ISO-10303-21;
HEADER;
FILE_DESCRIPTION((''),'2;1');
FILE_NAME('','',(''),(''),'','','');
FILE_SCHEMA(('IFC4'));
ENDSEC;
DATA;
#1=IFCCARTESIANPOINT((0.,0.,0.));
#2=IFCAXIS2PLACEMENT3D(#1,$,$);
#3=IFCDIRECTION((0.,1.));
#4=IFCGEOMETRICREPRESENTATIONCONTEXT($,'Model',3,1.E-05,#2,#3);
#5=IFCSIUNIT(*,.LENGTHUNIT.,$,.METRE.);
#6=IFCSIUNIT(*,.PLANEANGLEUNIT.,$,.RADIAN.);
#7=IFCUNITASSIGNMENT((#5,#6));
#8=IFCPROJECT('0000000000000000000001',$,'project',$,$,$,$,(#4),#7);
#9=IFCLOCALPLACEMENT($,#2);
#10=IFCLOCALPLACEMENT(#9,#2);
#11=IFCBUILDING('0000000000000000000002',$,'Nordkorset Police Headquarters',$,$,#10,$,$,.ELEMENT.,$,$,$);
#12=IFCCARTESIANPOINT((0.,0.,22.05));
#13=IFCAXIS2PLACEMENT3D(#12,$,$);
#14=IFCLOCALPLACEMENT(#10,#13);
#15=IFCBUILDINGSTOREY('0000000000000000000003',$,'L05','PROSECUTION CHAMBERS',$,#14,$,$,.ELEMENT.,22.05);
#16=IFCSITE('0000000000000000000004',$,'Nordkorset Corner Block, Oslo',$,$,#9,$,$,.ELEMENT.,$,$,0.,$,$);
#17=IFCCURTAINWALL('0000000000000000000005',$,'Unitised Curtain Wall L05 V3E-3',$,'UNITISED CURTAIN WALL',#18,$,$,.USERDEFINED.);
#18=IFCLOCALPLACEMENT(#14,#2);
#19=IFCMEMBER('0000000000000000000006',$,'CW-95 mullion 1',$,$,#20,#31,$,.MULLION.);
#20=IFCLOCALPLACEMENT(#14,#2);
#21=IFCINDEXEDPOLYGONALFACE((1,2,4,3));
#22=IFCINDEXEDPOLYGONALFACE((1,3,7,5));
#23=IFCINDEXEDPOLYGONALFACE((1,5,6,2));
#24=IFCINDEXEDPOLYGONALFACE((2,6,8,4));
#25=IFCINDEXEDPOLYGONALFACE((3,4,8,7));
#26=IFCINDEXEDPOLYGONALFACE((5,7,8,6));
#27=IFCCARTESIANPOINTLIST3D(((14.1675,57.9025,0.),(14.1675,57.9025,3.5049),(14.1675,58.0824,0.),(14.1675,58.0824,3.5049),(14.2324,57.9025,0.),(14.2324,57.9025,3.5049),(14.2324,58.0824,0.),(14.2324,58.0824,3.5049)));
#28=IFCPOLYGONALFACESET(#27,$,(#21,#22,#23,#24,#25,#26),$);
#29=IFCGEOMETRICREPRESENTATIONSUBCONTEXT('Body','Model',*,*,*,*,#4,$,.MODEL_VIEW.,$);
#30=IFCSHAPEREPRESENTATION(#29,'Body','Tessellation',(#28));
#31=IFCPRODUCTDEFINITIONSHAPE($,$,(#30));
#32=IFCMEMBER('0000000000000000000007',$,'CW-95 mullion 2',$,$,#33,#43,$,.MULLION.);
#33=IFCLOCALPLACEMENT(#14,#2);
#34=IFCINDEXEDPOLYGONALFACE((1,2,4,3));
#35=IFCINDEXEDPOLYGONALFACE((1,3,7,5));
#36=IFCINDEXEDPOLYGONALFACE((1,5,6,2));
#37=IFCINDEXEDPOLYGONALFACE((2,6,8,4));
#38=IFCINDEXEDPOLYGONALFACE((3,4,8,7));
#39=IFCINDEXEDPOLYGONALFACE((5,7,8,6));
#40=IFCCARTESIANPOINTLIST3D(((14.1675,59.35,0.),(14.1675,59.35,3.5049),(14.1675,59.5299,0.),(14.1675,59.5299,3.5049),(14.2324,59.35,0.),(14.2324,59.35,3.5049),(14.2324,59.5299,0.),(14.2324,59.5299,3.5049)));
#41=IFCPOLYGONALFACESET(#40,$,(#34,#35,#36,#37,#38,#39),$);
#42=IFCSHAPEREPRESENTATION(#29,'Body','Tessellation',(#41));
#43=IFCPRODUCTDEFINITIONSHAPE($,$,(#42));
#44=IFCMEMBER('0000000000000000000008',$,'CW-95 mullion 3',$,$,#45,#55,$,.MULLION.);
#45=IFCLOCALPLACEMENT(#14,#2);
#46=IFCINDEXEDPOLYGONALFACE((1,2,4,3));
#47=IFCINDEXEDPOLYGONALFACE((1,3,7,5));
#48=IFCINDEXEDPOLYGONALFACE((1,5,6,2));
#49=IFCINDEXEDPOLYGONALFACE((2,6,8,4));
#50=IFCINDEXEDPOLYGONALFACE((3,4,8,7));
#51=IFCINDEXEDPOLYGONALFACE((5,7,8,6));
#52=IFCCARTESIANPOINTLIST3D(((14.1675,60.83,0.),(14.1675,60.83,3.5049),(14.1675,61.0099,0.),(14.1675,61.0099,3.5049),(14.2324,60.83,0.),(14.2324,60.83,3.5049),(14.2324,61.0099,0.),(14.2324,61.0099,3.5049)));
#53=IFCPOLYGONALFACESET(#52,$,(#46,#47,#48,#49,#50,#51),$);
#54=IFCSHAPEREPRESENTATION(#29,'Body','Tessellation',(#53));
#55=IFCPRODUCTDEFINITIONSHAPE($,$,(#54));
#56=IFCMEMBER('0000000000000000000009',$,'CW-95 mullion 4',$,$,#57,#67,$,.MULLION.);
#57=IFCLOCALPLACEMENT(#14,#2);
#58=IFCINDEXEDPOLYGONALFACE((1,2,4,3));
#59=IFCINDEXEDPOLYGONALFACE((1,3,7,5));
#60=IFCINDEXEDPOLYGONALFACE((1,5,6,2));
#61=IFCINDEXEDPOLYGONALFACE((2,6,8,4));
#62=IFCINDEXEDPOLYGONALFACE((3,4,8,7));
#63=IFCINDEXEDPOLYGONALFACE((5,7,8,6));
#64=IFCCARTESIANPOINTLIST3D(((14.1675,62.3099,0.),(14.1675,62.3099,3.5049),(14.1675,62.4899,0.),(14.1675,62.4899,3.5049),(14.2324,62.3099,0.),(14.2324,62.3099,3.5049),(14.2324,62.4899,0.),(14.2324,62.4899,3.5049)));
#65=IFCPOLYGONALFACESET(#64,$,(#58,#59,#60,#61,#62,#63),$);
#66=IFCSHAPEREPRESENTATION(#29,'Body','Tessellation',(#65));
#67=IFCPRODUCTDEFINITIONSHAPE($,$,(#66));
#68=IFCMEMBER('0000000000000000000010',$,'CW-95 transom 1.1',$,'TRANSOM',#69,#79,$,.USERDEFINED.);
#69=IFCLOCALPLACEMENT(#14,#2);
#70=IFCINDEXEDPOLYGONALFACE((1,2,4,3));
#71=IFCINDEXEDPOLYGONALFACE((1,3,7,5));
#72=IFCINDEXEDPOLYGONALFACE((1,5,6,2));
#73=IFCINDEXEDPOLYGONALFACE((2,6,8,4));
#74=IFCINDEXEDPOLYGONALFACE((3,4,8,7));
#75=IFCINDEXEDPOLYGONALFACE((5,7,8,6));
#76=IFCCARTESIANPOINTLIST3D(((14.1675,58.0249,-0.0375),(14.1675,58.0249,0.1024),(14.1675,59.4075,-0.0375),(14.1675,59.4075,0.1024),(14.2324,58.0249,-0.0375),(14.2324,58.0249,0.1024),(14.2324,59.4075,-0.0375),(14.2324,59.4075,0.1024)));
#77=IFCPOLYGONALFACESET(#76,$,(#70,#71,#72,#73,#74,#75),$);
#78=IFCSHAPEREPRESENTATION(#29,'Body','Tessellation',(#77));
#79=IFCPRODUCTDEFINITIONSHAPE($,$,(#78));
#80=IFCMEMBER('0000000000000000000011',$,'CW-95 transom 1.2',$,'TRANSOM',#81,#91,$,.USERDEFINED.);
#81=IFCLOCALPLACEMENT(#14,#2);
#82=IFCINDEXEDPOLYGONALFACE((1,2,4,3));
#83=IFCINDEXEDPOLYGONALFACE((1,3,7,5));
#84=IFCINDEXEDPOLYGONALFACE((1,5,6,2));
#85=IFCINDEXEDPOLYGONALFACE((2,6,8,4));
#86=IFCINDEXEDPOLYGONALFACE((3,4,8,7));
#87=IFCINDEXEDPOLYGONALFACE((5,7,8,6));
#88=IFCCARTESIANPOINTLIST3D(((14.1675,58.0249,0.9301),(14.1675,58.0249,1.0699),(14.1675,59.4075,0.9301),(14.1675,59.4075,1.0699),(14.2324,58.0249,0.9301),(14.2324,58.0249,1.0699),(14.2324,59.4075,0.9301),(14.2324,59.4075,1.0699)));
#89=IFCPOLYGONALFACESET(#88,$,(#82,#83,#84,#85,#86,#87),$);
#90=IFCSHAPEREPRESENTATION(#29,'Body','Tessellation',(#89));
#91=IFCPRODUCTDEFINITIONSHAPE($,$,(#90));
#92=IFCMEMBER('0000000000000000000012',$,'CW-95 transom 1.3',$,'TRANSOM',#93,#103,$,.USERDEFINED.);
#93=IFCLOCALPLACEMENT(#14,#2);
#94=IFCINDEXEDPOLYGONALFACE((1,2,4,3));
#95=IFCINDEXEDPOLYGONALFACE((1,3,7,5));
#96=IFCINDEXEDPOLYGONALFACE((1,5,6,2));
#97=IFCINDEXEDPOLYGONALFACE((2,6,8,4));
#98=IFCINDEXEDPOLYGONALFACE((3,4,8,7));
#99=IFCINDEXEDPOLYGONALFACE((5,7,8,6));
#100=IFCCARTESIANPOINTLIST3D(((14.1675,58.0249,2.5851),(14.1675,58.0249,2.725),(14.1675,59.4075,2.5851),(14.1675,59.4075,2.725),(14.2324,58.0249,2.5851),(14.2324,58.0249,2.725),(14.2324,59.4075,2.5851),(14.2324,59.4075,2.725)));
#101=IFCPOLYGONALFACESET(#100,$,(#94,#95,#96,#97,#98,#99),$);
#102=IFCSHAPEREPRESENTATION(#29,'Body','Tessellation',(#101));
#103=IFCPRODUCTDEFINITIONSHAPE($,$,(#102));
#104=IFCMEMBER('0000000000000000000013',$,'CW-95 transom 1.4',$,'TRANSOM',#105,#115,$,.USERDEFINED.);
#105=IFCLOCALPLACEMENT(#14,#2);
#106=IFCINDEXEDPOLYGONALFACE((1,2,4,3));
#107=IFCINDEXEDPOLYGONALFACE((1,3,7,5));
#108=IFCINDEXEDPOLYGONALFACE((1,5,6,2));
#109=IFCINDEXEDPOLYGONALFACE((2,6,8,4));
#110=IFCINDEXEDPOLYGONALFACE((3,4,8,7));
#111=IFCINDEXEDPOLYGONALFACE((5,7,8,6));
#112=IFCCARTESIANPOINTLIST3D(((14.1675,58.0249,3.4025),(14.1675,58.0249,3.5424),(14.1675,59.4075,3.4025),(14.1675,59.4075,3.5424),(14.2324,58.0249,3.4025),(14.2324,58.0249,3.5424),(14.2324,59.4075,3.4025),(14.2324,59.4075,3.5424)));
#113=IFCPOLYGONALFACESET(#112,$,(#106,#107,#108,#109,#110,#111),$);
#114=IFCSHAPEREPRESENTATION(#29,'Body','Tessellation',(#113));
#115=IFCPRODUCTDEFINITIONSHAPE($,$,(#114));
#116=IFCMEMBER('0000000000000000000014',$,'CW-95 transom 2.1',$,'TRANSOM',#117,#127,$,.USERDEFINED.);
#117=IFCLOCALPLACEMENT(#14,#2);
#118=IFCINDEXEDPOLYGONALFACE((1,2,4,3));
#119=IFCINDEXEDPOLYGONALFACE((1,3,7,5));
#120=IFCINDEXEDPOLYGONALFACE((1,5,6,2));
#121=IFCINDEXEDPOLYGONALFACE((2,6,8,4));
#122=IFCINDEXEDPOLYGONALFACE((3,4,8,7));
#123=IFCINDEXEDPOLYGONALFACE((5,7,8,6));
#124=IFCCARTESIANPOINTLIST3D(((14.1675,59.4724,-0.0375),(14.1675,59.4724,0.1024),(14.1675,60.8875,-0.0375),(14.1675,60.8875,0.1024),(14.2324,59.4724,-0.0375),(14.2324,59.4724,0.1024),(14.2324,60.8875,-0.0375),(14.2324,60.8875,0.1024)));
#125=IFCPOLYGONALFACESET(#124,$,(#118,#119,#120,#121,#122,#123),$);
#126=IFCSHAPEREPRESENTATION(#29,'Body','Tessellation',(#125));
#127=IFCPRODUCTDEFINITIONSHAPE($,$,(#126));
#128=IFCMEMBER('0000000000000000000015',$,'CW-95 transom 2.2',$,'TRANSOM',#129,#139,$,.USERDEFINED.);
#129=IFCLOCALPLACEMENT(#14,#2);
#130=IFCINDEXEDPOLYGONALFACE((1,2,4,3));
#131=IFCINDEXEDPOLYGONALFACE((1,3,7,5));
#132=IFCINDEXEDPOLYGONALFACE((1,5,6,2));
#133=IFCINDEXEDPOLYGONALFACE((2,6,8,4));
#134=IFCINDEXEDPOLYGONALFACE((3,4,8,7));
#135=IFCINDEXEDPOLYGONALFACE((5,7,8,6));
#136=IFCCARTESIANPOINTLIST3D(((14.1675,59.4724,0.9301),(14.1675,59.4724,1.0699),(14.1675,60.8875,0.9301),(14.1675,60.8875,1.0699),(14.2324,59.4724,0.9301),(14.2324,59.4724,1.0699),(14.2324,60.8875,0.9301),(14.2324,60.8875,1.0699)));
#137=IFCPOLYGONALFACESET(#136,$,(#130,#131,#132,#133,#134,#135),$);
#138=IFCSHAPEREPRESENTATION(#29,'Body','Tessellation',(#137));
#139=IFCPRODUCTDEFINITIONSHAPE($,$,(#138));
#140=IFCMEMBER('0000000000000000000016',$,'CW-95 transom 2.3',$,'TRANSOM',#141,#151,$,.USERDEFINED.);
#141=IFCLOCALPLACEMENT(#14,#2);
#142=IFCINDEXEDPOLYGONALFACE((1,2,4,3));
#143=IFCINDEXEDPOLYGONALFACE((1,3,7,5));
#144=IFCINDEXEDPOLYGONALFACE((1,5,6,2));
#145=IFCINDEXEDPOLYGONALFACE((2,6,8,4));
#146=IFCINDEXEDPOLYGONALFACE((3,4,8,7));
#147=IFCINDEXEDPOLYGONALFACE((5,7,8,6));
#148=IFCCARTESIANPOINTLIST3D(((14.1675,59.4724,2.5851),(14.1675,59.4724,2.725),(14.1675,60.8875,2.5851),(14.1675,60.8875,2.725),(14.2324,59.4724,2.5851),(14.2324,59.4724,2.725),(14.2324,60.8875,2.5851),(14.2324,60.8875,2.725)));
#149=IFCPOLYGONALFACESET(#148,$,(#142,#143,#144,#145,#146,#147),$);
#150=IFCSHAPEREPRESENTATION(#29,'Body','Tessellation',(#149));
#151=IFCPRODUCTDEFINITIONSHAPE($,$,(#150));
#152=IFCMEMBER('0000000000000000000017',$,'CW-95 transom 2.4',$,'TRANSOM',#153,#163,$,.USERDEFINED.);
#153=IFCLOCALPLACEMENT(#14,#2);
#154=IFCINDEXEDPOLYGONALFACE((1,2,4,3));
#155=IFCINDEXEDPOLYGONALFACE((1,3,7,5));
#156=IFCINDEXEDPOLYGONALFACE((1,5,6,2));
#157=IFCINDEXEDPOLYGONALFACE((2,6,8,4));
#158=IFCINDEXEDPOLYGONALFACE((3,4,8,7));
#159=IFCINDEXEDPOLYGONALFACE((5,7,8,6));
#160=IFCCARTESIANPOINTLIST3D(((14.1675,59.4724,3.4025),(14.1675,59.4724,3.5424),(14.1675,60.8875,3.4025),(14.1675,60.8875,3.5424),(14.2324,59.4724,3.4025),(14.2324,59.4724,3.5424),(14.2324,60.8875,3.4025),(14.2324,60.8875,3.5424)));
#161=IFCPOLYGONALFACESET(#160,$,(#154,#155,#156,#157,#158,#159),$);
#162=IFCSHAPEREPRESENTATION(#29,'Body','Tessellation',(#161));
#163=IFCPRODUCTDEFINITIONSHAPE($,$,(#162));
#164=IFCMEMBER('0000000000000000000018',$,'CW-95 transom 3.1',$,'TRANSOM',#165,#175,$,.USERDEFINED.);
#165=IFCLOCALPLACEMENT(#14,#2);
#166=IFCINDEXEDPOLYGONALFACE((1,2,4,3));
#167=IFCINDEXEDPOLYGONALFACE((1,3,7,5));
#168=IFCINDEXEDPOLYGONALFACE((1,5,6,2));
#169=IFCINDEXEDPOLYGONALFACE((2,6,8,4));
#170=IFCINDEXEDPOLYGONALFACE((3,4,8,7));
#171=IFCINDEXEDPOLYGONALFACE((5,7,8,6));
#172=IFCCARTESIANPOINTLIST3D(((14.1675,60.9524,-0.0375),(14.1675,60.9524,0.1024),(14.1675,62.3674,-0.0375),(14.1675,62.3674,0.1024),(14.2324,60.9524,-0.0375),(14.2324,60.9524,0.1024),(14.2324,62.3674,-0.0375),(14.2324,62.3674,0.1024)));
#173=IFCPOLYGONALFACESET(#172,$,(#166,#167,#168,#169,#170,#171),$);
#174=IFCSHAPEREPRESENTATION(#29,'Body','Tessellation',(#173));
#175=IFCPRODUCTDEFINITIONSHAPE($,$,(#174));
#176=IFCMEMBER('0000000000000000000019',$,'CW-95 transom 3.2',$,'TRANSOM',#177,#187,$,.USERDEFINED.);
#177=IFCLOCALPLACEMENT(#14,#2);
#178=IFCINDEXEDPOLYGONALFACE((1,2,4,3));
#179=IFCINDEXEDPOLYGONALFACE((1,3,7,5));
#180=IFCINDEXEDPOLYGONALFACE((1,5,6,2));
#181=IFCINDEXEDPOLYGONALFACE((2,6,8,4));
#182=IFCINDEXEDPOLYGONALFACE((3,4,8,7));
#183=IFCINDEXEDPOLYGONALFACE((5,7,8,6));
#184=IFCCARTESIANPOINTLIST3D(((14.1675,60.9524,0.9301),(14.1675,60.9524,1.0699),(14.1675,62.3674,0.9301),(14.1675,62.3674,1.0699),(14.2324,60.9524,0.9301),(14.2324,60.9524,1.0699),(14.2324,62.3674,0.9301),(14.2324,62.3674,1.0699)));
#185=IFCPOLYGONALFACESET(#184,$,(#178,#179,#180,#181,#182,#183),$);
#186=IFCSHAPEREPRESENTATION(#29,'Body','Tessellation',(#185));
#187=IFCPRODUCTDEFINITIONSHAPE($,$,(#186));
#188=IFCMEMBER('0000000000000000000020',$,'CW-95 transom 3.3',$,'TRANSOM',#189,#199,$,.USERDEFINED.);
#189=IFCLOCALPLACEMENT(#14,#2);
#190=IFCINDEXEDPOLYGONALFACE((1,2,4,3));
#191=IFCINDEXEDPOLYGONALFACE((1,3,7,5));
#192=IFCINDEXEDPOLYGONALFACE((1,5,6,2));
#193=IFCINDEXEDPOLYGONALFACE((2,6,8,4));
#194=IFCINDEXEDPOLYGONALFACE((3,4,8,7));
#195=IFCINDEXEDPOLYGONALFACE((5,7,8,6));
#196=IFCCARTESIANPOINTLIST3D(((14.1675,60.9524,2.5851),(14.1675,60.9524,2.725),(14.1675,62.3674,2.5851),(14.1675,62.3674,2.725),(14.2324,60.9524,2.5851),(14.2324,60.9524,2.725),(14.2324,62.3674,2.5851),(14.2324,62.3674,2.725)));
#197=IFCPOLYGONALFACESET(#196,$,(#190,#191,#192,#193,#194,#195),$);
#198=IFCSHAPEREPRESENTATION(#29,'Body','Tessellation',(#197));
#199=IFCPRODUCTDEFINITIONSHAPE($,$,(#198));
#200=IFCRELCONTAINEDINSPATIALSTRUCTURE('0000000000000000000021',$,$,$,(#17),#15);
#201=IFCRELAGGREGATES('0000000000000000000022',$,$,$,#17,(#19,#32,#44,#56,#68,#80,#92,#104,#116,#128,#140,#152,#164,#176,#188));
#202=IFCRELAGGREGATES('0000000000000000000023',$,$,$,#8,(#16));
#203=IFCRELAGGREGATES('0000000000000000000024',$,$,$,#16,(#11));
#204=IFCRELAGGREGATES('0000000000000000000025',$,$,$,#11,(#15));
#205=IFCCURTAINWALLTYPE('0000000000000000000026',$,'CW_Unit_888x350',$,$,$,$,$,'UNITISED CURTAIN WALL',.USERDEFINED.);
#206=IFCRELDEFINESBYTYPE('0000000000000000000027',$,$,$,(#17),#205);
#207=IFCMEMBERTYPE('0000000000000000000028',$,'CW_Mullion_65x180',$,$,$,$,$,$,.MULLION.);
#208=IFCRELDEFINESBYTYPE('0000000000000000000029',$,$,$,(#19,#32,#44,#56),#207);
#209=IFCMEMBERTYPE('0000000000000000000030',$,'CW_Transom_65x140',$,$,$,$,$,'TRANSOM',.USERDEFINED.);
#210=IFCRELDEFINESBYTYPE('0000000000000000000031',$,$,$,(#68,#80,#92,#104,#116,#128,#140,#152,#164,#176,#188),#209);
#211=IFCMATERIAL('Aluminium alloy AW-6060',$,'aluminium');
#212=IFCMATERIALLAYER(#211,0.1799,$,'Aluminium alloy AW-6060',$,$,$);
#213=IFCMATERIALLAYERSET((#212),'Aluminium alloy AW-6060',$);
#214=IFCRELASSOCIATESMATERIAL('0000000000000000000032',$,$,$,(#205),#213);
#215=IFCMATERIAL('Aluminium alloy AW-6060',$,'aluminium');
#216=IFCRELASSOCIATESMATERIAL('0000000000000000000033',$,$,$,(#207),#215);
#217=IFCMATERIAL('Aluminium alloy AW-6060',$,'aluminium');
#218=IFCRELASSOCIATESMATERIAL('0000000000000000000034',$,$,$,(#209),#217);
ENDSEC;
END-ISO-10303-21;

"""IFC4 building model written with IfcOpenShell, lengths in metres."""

from ifc_helpers import new_model, si_unit, direction, frame, origin, origin_2d, place, context, subcontext, project, spatial, rectangle, extrude, material, layer, layer_set, material_profile, profile_set, type_object, element, aggregate, save


model = new_model("IFC4")

# Units and contexts
model_context = context("Model", 3, precision=1e-05, world=origin(), true_north=direction((0.0, 1.0)))
body_context = subcontext(model_context, "Body", "Model", "MODEL_VIEW")
ifc_project = project(units=[si_unit("LENGTHUNIT", "METRE"), si_unit("PLANEANGLEUNIT", "RADIAN")], contexts=[model_context])

# Site, building, storey
site_placement = place(None, origin())
site = spatial("IfcSite", under=ifc_project, at=site_placement, Name="Nordkorset Corner Block, Oslo", CompositionType="ELEMENT", RefElevation=0.0)
building_placement = place(site_placement, origin())
building = spatial("IfcBuilding", under=site, at=building_placement, Name="Nordkorset Police Headquarters", CompositionType="ELEMENT")
storey_placement = place(building_placement, frame((0.0, 0.0, 22.05)))
storey = spatial("IfcBuildingStorey", under=building, at=storey_placement, Name="L05", Description="PROSECUTION CHAMBERS", CompositionType="ELEMENT", Elevation=22.05)

# Curtain wall, members
ifc_material_1 = material(Name="Aluminium alloy AW-6060", Category="aluminium")
ifc_layer_1 = layer(ifc_material_1, 0.1799, Name="Aluminium alloy AW-6060")
ifc_layer_set_1 = layer_set([ifc_layer_1], Name="Aluminium alloy AW-6060")
curtain_wall_type = type_object("IfcCurtainWallType", Name="CW_Unit_888x350", ElementType="UNITISED CURTAIN WALL", PredefinedType="USERDEFINED", material=ifc_layer_set_1)
curtain_wall_placement = place(storey_placement, origin())
curtain_wall = element("IfcCurtainWall", 1, at=curtain_wall_placement, inside=storey, type_object=curtain_wall_type, Name="Unitised Curtain Wall L05 V3E-3", ObjectType="UNITISED CURTAIN WALL", PredefinedType="USERDEFINED")
ifc_material_2 = material(Name="Aluminium alloy AW-6060", Category="aluminium")
ifc_material_profile_1 = material_profile(ifc_material_2, rectangle(XDim=0.0649, YDim=0.1799, at=origin_2d()), Name="ALU MULL 65x180")
ifc_profile_set_1 = profile_set([ifc_material_profile_1], Name="Aluminium alloy AW-6060")
member_type_1 = type_object("IfcMemberType", Name="CW_Mullion_65x180", PredefinedType="MULLION", material=ifc_profile_set_1)
member_1_placement = place(storey_placement, frame((14.2, 57.9924, 0.0), z_axis=(0.0, 0.0, 1.0), x_axis=(-1.0, 0.0, 0.0)))
member_1 = element("IfcMember", 2, at=member_1_placement, type_object=member_type_1, Name="CW-95 mullion 1", PredefinedType="MULLION", context=body_context, shape_type="SweptSolid", body=[
    extrude(rectangle(XDim=0.0649, YDim=0.1799, at=origin_2d()), origin(), (0.0, 0.0, 1.0), 3.5049),
])
member_2_placement = place(storey_placement, frame((14.2, 59.4399, 0.0), z_axis=(0.0, 0.0, 1.0), x_axis=(-1.0, 0.0, 0.0)))
member_2 = element("IfcMember", 3, at=member_2_placement, type_object=member_type_1, Name="CW-95 mullion 2", PredefinedType="MULLION", context=body_context, shape_type="SweptSolid", body=[
    extrude(rectangle(XDim=0.0649, YDim=0.1799, at=origin_2d()), origin(), (0.0, 0.0, 1.0), 3.5049),
])
member_3_placement = place(storey_placement, frame((14.2, 60.9199, 0.0), z_axis=(0.0, 0.0, 1.0), x_axis=(-1.0, 0.0, 0.0)))
member_3 = element("IfcMember", 4, at=member_3_placement, type_object=member_type_1, Name="CW-95 mullion 3", PredefinedType="MULLION", context=body_context, shape_type="SweptSolid", body=[
    extrude(rectangle(XDim=0.0649, YDim=0.1799, at=origin_2d()), origin(), (0.0, 0.0, 1.0), 3.5049),
])
member_4_placement = place(storey_placement, frame((14.2, 62.3999, 0.0), z_axis=(0.0, 0.0, 1.0), x_axis=(-1.0, 0.0, 0.0)))
member_4 = element("IfcMember", 5, at=member_4_placement, type_object=member_type_1, Name="CW-95 mullion 4", PredefinedType="MULLION", context=body_context, shape_type="SweptSolid", body=[
    extrude(rectangle(XDim=0.0649, YDim=0.1799, at=origin_2d()), origin(), (0.0, 0.0, 1.0), 3.5049),
])
ifc_material_3 = material(Name="Aluminium alloy AW-6060", Category="aluminium")
ifc_material_profile_2 = material_profile(ifc_material_3, rectangle(XDim=0.0649, YDim=0.1399, at=origin_2d()), Name="ALU TRAN 65x140")
ifc_profile_set_2 = profile_set([ifc_material_profile_2], Name="Aluminium alloy AW-6060")
member_type_2 = type_object("IfcMemberType", Name="CW_Transom_65x140", ElementType="TRANSOM", PredefinedType="USERDEFINED", material=ifc_profile_set_2)
member_5_placement = place(storey_placement, frame((14.2, 58.0249, 0.0325), z_axis=(0.0, 1.0, 0.0), x_axis=(-1.0, 0.0, 0.0)))
member_5 = element("IfcMember", 6, at=member_5_placement, type_object=member_type_2, Name="CW-95 transom 1.1", ObjectType="TRANSOM", PredefinedType="USERDEFINED", context=body_context, shape_type="SweptSolid", body=[
    extrude(rectangle(XDim=0.0649, YDim=0.1399, at=origin_2d()), origin(), (0.0, 0.0, 1.0), 1.3826),
])
member_6_placement = place(storey_placement, frame((14.2, 58.0249, 1.0), z_axis=(0.0, 1.0, 0.0), x_axis=(-1.0, 0.0, 0.0)))
member_6 = element("IfcMember", 7, at=member_6_placement, type_object=member_type_2, Name="CW-95 transom 1.2", ObjectType="TRANSOM", PredefinedType="USERDEFINED", context=body_context, shape_type="SweptSolid", body=[
    extrude(rectangle(XDim=0.0649, YDim=0.1399, at=origin_2d()), origin(), (0.0, 0.0, 1.0), 1.3826),
])
member_7_placement = place(storey_placement, frame((14.2, 58.0249, 2.655), z_axis=(0.0, 1.0, 0.0), x_axis=(-1.0, 0.0, 0.0)))
member_7 = element("IfcMember", 8, at=member_7_placement, type_object=member_type_2, Name="CW-95 transom 1.3", ObjectType="TRANSOM", PredefinedType="USERDEFINED", context=body_context, shape_type="SweptSolid", body=[
    extrude(rectangle(XDim=0.0649, YDim=0.1399, at=origin_2d()), origin(), (0.0, 0.0, 1.0), 1.3826),
])
member_8_placement = place(storey_placement, frame((14.2, 58.0249, 3.4724), z_axis=(0.0, 1.0, 0.0), x_axis=(-1.0, 0.0, 0.0)))
member_8 = element("IfcMember", 9, at=member_8_placement, type_object=member_type_2, Name="CW-95 transom 1.4", ObjectType="TRANSOM", PredefinedType="USERDEFINED", context=body_context, shape_type="SweptSolid", body=[
    extrude(rectangle(XDim=0.0649, YDim=0.1399, at=origin_2d()), origin(), (0.0, 0.0, 1.0), 1.3826),
])
member_9_placement = place(storey_placement, frame((14.2, 59.4724, 0.0325), z_axis=(0.0, 1.0, 0.0), x_axis=(-1.0, 0.0, 0.0)))
member_9 = element("IfcMember", 10, at=member_9_placement, type_object=member_type_2, Name="CW-95 transom 2.1", ObjectType="TRANSOM", PredefinedType="USERDEFINED", context=body_context, shape_type="SweptSolid", body=[
    extrude(rectangle(XDim=0.0649, YDim=0.1399, at=origin_2d()), origin(), (0.0, 0.0, 1.0), 1.415),
])
member_10_placement = place(storey_placement, frame((14.2, 59.4724, 1.0), z_axis=(0.0, 1.0, 0.0), x_axis=(-1.0, 0.0, 0.0)))
member_10 = element("IfcMember", 11, at=member_10_placement, type_object=member_type_2, Name="CW-95 transom 2.2", ObjectType="TRANSOM", PredefinedType="USERDEFINED", context=body_context, shape_type="SweptSolid", body=[
    extrude(rectangle(XDim=0.0649, YDim=0.1399, at=origin_2d()), origin(), (0.0, 0.0, 1.0), 1.415),
])
member_11_placement = place(storey_placement, frame((14.2, 59.4724, 2.655), z_axis=(0.0, 1.0, 0.0), x_axis=(-1.0, 0.0, 0.0)))
member_11 = element("IfcMember", 12, at=member_11_placement, type_object=member_type_2, Name="CW-95 transom 2.3", ObjectType="TRANSOM", PredefinedType="USERDEFINED", context=body_context, shape_type="SweptSolid", body=[
    extrude(rectangle(XDim=0.0649, YDim=0.1399, at=origin_2d()), origin(), (0.0, 0.0, 1.0), 1.415),
])
member_12_placement = place(storey_placement, frame((14.2, 59.4724, 3.4724), z_axis=(0.0, 1.0, 0.0), x_axis=(-1.0, 0.0, 0.0)))
member_12 = element("IfcMember", 13, at=member_12_placement, type_object=member_type_2, Name="CW-95 transom 2.4", ObjectType="TRANSOM", PredefinedType="USERDEFINED", context=body_context, shape_type="SweptSolid", body=[
    extrude(rectangle(XDim=0.0649, YDim=0.1399, at=origin_2d()), origin(), (0.0, 0.0, 1.0), 1.415),
])
member_13_placement = place(storey_placement, frame((14.2, 60.9524, 0.0325), z_axis=(0.0, 1.0, 0.0), x_axis=(-1.0, 0.0, 0.0)))
member_13 = element("IfcMember", 14, at=member_13_placement, type_object=member_type_2, Name="CW-95 transom 3.1", ObjectType="TRANSOM", PredefinedType="USERDEFINED", context=body_context, shape_type="SweptSolid", body=[
    extrude(rectangle(XDim=0.0649, YDim=0.1399, at=origin_2d()), origin(), (0.0, 0.0, 1.0), 1.415),
])
member_14_placement = place(storey_placement, frame((14.2, 60.9524, 1.0), z_axis=(0.0, 1.0, 0.0), x_axis=(-1.0, 0.0, 0.0)))
member_14 = element("IfcMember", 15, at=member_14_placement, type_object=member_type_2, Name="CW-95 transom 3.2", ObjectType="TRANSOM", PredefinedType="USERDEFINED", context=body_context, shape_type="SweptSolid", body=[
    extrude(rectangle(XDim=0.0649, YDim=0.1399, at=origin_2d()), origin(), (0.0, 0.0, 1.0), 1.415),
])
member_15_placement = place(storey_placement, frame((14.2, 60.9524, 2.655), z_axis=(0.0, 1.0, 0.0), x_axis=(-1.0, 0.0, 0.0)))
member_15 = element("IfcMember", 16, at=member_15_placement, type_object=member_type_2, Name="CW-95 transom 3.3", ObjectType="TRANSOM", PredefinedType="USERDEFINED", context=body_context, shape_type="SweptSolid", body=[
    extrude(rectangle(XDim=0.0649, YDim=0.1399, at=origin_2d()), origin(), (0.0, 0.0, 1.0), 1.415),
])

aggregate(curtain_wall, [member_1, member_2, member_3, member_4, member_5, member_6, member_7, member_8, member_9, member_10, member_11, member_12, member_13, member_14, member_15])

save(model, "model.ifc")
